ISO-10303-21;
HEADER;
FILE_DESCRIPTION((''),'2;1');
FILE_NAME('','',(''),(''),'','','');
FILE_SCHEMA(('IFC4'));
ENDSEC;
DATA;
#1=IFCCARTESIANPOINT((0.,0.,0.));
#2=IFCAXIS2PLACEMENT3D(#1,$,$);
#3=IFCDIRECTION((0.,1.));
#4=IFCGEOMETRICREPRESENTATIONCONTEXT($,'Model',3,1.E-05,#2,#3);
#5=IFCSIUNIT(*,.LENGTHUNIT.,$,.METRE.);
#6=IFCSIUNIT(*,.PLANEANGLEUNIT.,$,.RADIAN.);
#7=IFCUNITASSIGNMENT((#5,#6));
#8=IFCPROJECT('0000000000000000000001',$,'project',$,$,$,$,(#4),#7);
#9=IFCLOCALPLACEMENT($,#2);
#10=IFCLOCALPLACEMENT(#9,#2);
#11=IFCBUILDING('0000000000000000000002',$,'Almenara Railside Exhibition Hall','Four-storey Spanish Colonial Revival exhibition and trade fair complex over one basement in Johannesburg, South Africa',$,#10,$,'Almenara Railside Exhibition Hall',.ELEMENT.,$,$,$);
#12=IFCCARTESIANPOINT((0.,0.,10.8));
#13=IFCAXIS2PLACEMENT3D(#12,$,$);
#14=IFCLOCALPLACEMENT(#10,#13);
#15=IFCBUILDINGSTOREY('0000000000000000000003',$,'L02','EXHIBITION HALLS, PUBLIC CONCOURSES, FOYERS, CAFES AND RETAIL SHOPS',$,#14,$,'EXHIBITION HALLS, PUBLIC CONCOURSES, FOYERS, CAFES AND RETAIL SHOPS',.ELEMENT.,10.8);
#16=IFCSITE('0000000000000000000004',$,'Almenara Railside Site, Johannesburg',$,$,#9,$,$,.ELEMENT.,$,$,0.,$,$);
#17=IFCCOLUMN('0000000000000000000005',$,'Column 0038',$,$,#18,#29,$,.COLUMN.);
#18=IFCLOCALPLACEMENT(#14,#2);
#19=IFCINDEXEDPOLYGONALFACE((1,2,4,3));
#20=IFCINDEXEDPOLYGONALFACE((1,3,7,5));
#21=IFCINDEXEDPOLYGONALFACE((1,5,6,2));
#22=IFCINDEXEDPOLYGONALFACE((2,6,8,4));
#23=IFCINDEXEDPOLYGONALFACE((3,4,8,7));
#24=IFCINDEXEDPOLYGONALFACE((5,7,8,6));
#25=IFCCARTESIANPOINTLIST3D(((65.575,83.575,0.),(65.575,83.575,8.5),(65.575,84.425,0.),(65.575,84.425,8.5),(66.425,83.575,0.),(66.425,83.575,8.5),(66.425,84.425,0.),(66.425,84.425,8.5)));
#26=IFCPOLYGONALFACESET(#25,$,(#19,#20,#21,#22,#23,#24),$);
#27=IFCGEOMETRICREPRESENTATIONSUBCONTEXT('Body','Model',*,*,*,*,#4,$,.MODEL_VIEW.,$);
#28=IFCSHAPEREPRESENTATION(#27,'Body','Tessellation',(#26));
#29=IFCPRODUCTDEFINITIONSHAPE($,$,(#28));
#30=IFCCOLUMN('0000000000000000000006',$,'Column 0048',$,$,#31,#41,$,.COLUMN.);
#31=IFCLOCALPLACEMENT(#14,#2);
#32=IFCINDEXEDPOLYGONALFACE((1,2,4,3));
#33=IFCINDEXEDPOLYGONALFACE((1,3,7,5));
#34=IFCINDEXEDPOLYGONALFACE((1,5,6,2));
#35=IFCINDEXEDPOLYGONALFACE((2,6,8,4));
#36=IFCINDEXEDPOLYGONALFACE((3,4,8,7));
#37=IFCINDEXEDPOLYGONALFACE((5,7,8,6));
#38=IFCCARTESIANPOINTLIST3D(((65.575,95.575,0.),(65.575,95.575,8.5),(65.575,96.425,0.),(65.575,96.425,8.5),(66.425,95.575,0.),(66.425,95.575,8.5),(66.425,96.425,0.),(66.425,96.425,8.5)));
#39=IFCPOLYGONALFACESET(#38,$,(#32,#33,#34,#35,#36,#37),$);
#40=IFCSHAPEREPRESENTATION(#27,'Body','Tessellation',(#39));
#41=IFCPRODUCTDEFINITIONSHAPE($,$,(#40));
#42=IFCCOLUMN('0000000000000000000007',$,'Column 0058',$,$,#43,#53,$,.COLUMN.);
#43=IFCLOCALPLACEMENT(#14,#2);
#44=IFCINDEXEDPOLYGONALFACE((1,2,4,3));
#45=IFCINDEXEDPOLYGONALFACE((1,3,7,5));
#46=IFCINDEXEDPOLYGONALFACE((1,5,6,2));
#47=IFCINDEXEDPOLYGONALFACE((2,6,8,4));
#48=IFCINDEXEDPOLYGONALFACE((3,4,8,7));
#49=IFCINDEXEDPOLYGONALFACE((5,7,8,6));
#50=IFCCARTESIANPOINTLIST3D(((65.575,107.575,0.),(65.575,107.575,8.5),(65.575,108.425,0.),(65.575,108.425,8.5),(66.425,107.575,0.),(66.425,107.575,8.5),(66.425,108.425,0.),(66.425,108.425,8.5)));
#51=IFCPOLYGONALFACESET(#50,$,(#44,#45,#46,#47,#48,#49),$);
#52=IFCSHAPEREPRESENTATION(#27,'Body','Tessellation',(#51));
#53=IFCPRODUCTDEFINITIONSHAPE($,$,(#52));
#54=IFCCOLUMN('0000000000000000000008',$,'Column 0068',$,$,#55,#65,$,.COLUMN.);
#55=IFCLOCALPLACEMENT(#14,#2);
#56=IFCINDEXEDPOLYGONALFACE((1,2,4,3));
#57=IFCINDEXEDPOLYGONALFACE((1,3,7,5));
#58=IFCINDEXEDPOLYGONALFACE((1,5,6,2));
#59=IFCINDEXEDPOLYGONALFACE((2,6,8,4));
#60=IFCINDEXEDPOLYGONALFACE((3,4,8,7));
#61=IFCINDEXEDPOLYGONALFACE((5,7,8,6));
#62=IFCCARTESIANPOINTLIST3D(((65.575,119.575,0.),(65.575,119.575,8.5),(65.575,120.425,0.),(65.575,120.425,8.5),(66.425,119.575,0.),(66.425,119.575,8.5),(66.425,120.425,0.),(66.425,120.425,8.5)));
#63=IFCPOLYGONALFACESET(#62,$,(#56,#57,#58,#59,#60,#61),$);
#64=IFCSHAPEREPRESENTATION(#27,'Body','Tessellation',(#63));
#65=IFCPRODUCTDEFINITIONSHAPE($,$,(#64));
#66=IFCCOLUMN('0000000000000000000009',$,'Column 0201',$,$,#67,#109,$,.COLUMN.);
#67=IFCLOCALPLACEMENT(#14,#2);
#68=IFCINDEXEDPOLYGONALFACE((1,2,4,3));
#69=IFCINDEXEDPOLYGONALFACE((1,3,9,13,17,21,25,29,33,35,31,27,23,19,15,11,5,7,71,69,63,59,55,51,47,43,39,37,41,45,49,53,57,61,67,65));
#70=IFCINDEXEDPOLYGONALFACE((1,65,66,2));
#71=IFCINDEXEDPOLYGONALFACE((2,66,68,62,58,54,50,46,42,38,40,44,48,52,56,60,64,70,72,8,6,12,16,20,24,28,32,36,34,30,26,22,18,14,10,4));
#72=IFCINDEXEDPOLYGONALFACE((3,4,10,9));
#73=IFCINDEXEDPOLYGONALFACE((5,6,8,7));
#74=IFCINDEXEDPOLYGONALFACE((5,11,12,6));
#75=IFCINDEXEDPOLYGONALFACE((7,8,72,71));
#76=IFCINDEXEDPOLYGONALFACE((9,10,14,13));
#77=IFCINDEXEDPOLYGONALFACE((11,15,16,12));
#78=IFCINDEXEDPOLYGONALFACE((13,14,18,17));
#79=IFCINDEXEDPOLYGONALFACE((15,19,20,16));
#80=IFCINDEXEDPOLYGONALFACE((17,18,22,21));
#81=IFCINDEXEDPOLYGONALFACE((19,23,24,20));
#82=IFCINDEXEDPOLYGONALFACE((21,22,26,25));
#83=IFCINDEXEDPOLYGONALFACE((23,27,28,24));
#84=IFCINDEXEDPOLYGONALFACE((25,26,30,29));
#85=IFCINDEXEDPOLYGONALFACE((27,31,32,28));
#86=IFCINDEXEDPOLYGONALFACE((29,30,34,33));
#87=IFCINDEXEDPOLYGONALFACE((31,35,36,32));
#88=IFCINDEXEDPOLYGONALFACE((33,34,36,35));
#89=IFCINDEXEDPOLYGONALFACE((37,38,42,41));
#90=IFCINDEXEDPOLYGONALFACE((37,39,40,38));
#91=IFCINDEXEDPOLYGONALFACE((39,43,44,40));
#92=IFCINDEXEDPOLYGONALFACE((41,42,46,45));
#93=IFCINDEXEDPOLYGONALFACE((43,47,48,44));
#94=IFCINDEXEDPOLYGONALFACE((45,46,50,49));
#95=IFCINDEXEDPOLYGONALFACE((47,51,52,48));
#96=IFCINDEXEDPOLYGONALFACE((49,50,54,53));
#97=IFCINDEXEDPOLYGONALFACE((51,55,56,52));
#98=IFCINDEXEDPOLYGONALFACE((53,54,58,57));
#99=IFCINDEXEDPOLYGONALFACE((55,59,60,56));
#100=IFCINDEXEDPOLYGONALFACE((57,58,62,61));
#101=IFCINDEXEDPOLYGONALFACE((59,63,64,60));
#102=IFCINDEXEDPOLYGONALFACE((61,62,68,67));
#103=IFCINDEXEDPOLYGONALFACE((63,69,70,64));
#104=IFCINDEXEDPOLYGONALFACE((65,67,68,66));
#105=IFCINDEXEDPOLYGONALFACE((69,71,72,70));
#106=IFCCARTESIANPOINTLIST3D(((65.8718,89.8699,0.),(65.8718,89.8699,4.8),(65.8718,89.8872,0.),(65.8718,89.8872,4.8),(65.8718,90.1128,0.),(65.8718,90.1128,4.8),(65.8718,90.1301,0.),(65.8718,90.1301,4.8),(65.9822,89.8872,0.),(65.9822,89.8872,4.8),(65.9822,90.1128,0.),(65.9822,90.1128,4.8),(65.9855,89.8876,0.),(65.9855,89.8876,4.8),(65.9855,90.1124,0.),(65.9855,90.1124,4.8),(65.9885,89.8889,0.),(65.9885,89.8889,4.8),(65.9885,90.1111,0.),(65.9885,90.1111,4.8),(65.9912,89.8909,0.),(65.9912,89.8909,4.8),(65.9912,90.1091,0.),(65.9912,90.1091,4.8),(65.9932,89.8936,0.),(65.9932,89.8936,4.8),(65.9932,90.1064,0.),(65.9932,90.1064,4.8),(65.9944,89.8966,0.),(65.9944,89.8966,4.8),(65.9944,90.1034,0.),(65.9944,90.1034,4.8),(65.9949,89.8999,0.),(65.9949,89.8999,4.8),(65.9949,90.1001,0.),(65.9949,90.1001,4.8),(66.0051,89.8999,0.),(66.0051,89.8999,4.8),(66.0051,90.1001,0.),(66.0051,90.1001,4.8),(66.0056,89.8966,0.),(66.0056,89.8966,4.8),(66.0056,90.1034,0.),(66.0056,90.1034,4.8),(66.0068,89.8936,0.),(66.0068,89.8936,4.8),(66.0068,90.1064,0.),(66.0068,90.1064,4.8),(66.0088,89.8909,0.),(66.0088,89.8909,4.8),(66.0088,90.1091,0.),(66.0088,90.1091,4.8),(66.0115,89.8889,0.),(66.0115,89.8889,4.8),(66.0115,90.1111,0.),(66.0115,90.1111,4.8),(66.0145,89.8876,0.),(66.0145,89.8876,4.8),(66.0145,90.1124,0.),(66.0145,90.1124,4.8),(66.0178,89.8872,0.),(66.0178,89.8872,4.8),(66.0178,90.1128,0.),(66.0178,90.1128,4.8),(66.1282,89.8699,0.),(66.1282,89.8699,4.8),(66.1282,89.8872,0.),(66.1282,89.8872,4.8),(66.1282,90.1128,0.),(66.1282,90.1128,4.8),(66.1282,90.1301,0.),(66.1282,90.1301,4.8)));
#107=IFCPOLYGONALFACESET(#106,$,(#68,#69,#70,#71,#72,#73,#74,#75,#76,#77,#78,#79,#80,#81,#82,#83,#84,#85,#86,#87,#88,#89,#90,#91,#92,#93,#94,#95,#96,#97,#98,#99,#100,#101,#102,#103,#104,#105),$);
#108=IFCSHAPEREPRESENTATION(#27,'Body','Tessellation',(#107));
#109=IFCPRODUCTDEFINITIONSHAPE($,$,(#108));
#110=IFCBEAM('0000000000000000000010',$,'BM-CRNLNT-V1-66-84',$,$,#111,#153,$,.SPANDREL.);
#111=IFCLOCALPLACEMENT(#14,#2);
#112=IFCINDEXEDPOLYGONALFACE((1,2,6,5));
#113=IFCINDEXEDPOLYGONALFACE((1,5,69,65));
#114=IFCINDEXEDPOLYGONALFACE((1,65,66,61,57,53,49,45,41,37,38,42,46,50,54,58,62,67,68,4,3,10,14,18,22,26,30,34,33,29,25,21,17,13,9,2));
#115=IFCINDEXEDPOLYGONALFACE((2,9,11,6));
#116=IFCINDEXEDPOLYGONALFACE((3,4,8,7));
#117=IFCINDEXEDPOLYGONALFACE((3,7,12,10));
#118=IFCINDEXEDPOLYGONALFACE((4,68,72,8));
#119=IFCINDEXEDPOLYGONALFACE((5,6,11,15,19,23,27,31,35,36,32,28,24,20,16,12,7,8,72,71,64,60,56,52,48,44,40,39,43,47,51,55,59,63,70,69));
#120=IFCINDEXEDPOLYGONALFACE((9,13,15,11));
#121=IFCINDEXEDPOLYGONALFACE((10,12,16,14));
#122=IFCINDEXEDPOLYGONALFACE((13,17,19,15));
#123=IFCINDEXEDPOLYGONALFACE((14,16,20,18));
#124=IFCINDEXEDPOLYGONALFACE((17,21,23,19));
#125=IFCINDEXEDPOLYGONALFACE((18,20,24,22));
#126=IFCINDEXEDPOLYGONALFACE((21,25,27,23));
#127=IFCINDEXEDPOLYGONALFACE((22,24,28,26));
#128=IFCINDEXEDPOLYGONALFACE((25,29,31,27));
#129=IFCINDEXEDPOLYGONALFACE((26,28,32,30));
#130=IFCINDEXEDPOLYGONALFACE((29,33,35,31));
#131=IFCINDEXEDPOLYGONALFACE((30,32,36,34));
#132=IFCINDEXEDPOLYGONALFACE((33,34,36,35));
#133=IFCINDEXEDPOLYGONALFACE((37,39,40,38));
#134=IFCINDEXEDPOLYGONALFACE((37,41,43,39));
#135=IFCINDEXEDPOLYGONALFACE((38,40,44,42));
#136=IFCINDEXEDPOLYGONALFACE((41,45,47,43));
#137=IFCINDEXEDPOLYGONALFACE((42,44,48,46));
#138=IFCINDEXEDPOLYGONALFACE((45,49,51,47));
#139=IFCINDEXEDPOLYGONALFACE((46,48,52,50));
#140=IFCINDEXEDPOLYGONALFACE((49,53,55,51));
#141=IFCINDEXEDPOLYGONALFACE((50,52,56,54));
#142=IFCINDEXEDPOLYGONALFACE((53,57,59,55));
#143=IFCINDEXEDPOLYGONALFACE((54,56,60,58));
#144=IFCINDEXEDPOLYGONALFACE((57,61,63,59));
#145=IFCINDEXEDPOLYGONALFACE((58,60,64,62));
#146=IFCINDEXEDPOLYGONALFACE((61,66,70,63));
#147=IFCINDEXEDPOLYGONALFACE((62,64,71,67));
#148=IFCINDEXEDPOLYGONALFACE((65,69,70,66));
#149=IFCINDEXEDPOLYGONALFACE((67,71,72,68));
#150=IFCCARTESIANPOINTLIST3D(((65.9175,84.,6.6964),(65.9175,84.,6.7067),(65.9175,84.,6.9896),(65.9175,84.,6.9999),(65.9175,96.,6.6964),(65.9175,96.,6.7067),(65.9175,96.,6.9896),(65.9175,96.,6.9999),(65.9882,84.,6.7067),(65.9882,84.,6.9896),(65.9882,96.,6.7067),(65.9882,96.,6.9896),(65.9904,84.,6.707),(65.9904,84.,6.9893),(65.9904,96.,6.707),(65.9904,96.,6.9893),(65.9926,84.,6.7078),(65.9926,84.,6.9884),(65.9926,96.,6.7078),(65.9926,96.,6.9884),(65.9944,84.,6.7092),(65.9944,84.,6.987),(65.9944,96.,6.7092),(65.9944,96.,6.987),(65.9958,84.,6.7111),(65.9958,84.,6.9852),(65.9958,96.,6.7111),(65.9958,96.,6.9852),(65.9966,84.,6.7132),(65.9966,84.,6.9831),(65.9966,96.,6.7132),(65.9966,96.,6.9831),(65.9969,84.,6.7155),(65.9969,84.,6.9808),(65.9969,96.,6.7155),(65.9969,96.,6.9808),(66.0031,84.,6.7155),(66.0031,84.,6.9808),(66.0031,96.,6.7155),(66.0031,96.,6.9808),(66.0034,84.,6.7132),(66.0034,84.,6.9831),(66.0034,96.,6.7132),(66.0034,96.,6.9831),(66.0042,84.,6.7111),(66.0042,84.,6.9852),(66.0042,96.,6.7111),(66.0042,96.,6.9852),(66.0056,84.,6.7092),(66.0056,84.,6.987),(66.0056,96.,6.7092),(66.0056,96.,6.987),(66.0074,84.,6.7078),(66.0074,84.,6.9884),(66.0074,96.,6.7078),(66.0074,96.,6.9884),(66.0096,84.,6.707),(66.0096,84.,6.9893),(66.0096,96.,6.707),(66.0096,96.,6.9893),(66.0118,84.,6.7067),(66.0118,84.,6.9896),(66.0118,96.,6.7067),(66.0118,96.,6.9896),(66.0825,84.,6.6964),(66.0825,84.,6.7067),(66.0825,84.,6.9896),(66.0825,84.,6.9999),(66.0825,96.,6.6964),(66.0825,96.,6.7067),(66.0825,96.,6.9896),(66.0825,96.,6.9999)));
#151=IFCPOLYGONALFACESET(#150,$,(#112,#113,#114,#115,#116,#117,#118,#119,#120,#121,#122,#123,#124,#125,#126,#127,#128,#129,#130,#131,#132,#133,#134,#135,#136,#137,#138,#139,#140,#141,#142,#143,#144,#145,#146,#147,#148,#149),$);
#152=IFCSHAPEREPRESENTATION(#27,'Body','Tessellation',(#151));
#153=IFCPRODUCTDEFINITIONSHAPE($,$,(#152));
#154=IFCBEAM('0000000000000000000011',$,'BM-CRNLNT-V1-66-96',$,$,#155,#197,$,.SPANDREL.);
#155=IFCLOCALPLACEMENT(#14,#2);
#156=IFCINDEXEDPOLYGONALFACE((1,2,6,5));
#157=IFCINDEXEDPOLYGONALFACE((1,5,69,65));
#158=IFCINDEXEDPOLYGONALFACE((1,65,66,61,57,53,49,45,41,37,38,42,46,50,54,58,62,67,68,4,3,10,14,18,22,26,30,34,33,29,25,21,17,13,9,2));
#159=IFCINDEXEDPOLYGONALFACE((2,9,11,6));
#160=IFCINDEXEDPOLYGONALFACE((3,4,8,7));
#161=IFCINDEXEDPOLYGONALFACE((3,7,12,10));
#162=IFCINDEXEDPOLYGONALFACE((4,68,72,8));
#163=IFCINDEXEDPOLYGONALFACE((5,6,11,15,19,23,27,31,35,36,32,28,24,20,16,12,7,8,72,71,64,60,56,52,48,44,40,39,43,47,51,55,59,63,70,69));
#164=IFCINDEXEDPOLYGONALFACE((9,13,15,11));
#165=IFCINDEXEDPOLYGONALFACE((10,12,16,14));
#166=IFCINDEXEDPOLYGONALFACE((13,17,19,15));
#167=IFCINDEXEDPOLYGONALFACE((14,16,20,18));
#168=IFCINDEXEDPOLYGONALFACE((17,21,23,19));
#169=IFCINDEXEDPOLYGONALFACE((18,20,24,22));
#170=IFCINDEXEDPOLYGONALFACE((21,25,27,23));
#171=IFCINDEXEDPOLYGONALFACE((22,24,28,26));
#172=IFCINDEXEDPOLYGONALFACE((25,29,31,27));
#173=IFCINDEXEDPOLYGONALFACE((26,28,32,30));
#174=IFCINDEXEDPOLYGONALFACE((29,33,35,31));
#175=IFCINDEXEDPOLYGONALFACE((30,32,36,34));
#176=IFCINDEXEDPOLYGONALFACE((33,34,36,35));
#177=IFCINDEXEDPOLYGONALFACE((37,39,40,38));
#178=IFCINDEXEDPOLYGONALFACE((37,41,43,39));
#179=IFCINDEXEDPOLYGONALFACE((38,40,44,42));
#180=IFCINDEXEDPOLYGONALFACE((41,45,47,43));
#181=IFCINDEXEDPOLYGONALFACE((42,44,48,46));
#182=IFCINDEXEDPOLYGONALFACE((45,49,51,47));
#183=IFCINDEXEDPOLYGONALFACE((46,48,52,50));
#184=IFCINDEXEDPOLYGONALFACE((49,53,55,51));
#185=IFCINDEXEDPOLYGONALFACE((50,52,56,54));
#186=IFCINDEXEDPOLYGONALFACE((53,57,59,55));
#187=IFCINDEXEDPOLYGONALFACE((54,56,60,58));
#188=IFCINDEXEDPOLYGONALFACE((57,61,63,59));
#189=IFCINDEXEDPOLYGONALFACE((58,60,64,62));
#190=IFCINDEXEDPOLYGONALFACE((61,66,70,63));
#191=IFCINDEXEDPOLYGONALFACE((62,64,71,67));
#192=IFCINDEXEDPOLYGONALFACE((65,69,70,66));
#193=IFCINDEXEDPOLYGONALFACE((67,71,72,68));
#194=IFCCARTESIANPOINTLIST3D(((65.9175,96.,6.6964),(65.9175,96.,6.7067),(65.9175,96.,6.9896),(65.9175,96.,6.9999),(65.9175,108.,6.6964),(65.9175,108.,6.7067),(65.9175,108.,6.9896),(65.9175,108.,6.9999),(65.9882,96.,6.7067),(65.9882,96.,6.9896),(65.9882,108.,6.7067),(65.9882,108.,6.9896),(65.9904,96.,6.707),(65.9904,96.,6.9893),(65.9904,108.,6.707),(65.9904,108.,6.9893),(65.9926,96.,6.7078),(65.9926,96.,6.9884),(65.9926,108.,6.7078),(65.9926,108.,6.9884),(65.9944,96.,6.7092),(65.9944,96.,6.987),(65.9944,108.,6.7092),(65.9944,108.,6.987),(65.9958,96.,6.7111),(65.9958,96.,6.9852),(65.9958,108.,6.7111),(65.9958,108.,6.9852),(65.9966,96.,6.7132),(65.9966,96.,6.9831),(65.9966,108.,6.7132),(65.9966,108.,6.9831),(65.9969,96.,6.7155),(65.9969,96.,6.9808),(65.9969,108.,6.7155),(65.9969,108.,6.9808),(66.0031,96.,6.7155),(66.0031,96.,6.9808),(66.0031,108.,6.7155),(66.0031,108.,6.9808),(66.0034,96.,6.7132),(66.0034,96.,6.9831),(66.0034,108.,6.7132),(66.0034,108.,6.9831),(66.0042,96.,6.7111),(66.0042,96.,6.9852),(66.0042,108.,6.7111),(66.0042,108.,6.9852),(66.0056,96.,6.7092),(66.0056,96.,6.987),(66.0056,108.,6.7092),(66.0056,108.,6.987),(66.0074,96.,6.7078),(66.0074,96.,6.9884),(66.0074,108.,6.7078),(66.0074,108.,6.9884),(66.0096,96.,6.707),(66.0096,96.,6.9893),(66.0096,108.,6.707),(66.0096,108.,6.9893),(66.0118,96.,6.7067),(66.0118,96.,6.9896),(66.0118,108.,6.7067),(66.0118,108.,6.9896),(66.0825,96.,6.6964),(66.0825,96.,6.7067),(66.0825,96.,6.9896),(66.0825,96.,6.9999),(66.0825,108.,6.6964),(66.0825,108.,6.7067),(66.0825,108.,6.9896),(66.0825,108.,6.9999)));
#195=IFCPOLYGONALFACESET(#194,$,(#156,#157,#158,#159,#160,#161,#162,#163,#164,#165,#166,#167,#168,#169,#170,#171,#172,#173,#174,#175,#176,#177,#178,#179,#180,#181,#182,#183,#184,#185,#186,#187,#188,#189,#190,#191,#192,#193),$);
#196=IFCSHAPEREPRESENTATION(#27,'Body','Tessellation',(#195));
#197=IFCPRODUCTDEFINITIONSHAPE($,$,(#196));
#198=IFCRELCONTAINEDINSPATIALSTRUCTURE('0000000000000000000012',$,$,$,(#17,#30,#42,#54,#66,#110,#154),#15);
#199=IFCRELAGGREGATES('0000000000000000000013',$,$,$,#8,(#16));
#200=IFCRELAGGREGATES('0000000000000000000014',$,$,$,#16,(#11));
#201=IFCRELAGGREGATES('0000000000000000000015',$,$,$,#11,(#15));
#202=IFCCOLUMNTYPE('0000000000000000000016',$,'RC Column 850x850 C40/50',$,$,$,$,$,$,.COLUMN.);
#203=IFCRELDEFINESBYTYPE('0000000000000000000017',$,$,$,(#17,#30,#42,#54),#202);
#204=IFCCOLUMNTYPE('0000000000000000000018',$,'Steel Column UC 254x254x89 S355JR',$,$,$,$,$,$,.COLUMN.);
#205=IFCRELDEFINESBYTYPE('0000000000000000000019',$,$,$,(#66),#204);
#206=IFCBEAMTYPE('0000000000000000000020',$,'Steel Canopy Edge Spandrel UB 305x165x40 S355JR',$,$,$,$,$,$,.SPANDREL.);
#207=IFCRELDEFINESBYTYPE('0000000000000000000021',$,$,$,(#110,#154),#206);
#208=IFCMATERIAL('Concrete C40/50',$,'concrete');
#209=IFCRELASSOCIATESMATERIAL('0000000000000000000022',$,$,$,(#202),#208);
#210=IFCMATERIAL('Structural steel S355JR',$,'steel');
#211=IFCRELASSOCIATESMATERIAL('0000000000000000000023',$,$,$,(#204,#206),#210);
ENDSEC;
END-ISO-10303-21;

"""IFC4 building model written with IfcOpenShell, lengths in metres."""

from ifc_helpers import new_model, si_unit, direction, frame, origin, origin_2d, place, context, subcontext, project, spatial, rectangle, i_section, extrude, material, material_profile, profile_set, type_object, element, save


model = new_model("IFC4")

# Units and contexts
model_context = context("Model", 3, precision=1e-05, world=origin(), true_north=direction((0.0, 1.0)))
body_context = subcontext(model_context, "Body", "Model", "MODEL_VIEW")
ifc_project = project(units=[si_unit("LENGTHUNIT", "METRE"), si_unit("PLANEANGLEUNIT", "RADIAN")], contexts=[model_context])

# Site, building, storey
site_placement = place(None, origin())
site = spatial("IfcSite", under=ifc_project, at=site_placement, Name="Almenara Railside Site, Johannesburg", CompositionType="ELEMENT", RefElevation=0.0)
building_placement = place(site_placement, origin())
building = spatial("IfcBuilding", under=site, at=building_placement, Name="Almenara Railside Exhibition Hall", Description="Four-storey Spanish Colonial Revival exhibition and trade fair complex over one basement in Johannesburg, South Africa", LongName="Almenara Railside Exhibition Hall", CompositionType="ELEMENT")
storey_placement = place(building_placement, frame((0.0, 0.0, 10.8)))
storey = spatial("IfcBuildingStorey", under=building, at=storey_placement, Name="L02", Description="EXHIBITION HALLS, PUBLIC CONCOURSES, FOYERS, CAFES AND RETAIL SHOPS", LongName="EXHIBITION HALLS, PUBLIC CONCOURSES, FOYERS, CAFES AND RETAIL SHOPS", CompositionType="ELEMENT", Elevation=10.8)

# Columns
ifc_material_1 = material(Name="Concrete C40/50", Category="concrete")
ifc_material_profile_1 = material_profile(ifc_material_1, rectangle(XDim=0.8501, YDim=0.8501, at=origin_2d()), Name="RC 850x850")
ifc_profile_set_1 = profile_set([ifc_material_profile_1], Name="Concrete C40/50")
column_type_1 = type_object("IfcColumnType", Name="RC Column 850x850 C40/50", PredefinedType="COLUMN", material=ifc_profile_set_1)
for number, where, z_axis, x_axis, name in (
    (1, (66.0, 84.0, 0.0), (0.0, 0.0, 1.0), (1.0, 0.0, 0.0), "Column 0038"),
    (2, (66.0, 96.0, 0.0), (0.0, 0.0, 1.0), (1.0, 0.0, 0.0), "Column 0048"),
    (3, (66.0, 108.0, 0.0), (0.0, 0.0, 1.0), (1.0, 0.0, 0.0), "Column 0058"),
    (4, (66.0, 120.0, 0.0), (0.0, 0.0, 1.0), (1.0, 0.0, 0.0), "Column 0068"),
):
    element("IfcColumn", number, at=place(storey_placement, frame(where, z_axis=z_axis, x_axis=x_axis)), inside=storey, type_object=column_type_1, Name=name, PredefinedType="COLUMN", context=body_context, shape_type="SweptSolid", body=[
        extrude(rectangle(XDim=0.8501, YDim=0.8501, at=origin_2d()), origin(), (0.0, 0.0, 1.0), 8.5),
    ])
ifc_material_2 = material(Name="Structural steel S355JR", Category="steel")
ifc_material_profile_2 = material_profile(ifc_material_2, i_section(OverallWidth=0.2563, OverallDepth=0.2603, WebThickness=0.0103, FlangeThickness=0.0173, FilletRadius=0.0127, at=origin_2d()), Name="UC 254x254x89")
ifc_profile_set_2 = profile_set([ifc_material_profile_2], Name="Structural steel S355JR")
column_type_2 = type_object("IfcColumnType", Name="Steel Column UC 254x254x89 S355JR", PredefinedType="COLUMN", material=ifc_profile_set_2)
column_placement = place(storey_placement, frame((66.0, 90.0, 0.0), z_axis=(0.0, 0.0, 1.0), x_axis=(1.0, 0.0, 0.0)))
element("IfcColumn", 5, at=column_placement, inside=storey, type_object=column_type_2, Name="Column 0201", PredefinedType="COLUMN", context=body_context, shape_type="SweptSolid", body=[
    extrude(i_section(OverallWidth=0.2563, OverallDepth=0.2603, WebThickness=0.0103, FlangeThickness=0.0173, FilletRadius=0.0127, at=origin_2d()), origin(), (0.0, 0.0, 1.0), 4.8),
])

# Beams
ifc_material_profile_3 = material_profile(ifc_material_2, i_section(OverallWidth=0.165, OverallDepth=0.3035, WebThickness=0.0061, FlangeThickness=0.0103, FilletRadius=0.0088, at=origin_2d()), Name="UB 305x165x40")
ifc_profile_set_3 = profile_set([ifc_material_profile_3], Name="Structural steel S355JR")
beam_type_1 = type_object("IfcBeamType", Name="Steel Canopy Edge Spandrel UB 305x165x40 S355JR", PredefinedType="SPANDREL", material=ifc_profile_set_3)
for number, where, z_axis, x_axis, name in (
    (6, (66.0, 84.0, 6.8481), (0.0, 1.0, 0.0), (-1.0, 0.0, 0.0), "BM-CRNLNT-V1-66-84"),
    (7, (66.0, 96.0, 6.8481), (0.0, 1.0, 0.0), (-1.0, 0.0, 0.0), "BM-CRNLNT-V1-66-96"),
):
    element("IfcBeam", number, at=place(storey_placement, frame(where, z_axis=z_axis, x_axis=x_axis)), inside=storey, type_object=beam_type_1, Name=name, PredefinedType="SPANDREL", context=body_context, shape_type="SweptSolid", body=[
        extrude(i_section(OverallWidth=0.165, OverallDepth=0.3035, WebThickness=0.0061, FlangeThickness=0.0103, FilletRadius=0.0088, at=origin_2d()), origin(), (0.0, 0.0, 1.0), 12.0),
    ])

save(model, "model.ifc")
